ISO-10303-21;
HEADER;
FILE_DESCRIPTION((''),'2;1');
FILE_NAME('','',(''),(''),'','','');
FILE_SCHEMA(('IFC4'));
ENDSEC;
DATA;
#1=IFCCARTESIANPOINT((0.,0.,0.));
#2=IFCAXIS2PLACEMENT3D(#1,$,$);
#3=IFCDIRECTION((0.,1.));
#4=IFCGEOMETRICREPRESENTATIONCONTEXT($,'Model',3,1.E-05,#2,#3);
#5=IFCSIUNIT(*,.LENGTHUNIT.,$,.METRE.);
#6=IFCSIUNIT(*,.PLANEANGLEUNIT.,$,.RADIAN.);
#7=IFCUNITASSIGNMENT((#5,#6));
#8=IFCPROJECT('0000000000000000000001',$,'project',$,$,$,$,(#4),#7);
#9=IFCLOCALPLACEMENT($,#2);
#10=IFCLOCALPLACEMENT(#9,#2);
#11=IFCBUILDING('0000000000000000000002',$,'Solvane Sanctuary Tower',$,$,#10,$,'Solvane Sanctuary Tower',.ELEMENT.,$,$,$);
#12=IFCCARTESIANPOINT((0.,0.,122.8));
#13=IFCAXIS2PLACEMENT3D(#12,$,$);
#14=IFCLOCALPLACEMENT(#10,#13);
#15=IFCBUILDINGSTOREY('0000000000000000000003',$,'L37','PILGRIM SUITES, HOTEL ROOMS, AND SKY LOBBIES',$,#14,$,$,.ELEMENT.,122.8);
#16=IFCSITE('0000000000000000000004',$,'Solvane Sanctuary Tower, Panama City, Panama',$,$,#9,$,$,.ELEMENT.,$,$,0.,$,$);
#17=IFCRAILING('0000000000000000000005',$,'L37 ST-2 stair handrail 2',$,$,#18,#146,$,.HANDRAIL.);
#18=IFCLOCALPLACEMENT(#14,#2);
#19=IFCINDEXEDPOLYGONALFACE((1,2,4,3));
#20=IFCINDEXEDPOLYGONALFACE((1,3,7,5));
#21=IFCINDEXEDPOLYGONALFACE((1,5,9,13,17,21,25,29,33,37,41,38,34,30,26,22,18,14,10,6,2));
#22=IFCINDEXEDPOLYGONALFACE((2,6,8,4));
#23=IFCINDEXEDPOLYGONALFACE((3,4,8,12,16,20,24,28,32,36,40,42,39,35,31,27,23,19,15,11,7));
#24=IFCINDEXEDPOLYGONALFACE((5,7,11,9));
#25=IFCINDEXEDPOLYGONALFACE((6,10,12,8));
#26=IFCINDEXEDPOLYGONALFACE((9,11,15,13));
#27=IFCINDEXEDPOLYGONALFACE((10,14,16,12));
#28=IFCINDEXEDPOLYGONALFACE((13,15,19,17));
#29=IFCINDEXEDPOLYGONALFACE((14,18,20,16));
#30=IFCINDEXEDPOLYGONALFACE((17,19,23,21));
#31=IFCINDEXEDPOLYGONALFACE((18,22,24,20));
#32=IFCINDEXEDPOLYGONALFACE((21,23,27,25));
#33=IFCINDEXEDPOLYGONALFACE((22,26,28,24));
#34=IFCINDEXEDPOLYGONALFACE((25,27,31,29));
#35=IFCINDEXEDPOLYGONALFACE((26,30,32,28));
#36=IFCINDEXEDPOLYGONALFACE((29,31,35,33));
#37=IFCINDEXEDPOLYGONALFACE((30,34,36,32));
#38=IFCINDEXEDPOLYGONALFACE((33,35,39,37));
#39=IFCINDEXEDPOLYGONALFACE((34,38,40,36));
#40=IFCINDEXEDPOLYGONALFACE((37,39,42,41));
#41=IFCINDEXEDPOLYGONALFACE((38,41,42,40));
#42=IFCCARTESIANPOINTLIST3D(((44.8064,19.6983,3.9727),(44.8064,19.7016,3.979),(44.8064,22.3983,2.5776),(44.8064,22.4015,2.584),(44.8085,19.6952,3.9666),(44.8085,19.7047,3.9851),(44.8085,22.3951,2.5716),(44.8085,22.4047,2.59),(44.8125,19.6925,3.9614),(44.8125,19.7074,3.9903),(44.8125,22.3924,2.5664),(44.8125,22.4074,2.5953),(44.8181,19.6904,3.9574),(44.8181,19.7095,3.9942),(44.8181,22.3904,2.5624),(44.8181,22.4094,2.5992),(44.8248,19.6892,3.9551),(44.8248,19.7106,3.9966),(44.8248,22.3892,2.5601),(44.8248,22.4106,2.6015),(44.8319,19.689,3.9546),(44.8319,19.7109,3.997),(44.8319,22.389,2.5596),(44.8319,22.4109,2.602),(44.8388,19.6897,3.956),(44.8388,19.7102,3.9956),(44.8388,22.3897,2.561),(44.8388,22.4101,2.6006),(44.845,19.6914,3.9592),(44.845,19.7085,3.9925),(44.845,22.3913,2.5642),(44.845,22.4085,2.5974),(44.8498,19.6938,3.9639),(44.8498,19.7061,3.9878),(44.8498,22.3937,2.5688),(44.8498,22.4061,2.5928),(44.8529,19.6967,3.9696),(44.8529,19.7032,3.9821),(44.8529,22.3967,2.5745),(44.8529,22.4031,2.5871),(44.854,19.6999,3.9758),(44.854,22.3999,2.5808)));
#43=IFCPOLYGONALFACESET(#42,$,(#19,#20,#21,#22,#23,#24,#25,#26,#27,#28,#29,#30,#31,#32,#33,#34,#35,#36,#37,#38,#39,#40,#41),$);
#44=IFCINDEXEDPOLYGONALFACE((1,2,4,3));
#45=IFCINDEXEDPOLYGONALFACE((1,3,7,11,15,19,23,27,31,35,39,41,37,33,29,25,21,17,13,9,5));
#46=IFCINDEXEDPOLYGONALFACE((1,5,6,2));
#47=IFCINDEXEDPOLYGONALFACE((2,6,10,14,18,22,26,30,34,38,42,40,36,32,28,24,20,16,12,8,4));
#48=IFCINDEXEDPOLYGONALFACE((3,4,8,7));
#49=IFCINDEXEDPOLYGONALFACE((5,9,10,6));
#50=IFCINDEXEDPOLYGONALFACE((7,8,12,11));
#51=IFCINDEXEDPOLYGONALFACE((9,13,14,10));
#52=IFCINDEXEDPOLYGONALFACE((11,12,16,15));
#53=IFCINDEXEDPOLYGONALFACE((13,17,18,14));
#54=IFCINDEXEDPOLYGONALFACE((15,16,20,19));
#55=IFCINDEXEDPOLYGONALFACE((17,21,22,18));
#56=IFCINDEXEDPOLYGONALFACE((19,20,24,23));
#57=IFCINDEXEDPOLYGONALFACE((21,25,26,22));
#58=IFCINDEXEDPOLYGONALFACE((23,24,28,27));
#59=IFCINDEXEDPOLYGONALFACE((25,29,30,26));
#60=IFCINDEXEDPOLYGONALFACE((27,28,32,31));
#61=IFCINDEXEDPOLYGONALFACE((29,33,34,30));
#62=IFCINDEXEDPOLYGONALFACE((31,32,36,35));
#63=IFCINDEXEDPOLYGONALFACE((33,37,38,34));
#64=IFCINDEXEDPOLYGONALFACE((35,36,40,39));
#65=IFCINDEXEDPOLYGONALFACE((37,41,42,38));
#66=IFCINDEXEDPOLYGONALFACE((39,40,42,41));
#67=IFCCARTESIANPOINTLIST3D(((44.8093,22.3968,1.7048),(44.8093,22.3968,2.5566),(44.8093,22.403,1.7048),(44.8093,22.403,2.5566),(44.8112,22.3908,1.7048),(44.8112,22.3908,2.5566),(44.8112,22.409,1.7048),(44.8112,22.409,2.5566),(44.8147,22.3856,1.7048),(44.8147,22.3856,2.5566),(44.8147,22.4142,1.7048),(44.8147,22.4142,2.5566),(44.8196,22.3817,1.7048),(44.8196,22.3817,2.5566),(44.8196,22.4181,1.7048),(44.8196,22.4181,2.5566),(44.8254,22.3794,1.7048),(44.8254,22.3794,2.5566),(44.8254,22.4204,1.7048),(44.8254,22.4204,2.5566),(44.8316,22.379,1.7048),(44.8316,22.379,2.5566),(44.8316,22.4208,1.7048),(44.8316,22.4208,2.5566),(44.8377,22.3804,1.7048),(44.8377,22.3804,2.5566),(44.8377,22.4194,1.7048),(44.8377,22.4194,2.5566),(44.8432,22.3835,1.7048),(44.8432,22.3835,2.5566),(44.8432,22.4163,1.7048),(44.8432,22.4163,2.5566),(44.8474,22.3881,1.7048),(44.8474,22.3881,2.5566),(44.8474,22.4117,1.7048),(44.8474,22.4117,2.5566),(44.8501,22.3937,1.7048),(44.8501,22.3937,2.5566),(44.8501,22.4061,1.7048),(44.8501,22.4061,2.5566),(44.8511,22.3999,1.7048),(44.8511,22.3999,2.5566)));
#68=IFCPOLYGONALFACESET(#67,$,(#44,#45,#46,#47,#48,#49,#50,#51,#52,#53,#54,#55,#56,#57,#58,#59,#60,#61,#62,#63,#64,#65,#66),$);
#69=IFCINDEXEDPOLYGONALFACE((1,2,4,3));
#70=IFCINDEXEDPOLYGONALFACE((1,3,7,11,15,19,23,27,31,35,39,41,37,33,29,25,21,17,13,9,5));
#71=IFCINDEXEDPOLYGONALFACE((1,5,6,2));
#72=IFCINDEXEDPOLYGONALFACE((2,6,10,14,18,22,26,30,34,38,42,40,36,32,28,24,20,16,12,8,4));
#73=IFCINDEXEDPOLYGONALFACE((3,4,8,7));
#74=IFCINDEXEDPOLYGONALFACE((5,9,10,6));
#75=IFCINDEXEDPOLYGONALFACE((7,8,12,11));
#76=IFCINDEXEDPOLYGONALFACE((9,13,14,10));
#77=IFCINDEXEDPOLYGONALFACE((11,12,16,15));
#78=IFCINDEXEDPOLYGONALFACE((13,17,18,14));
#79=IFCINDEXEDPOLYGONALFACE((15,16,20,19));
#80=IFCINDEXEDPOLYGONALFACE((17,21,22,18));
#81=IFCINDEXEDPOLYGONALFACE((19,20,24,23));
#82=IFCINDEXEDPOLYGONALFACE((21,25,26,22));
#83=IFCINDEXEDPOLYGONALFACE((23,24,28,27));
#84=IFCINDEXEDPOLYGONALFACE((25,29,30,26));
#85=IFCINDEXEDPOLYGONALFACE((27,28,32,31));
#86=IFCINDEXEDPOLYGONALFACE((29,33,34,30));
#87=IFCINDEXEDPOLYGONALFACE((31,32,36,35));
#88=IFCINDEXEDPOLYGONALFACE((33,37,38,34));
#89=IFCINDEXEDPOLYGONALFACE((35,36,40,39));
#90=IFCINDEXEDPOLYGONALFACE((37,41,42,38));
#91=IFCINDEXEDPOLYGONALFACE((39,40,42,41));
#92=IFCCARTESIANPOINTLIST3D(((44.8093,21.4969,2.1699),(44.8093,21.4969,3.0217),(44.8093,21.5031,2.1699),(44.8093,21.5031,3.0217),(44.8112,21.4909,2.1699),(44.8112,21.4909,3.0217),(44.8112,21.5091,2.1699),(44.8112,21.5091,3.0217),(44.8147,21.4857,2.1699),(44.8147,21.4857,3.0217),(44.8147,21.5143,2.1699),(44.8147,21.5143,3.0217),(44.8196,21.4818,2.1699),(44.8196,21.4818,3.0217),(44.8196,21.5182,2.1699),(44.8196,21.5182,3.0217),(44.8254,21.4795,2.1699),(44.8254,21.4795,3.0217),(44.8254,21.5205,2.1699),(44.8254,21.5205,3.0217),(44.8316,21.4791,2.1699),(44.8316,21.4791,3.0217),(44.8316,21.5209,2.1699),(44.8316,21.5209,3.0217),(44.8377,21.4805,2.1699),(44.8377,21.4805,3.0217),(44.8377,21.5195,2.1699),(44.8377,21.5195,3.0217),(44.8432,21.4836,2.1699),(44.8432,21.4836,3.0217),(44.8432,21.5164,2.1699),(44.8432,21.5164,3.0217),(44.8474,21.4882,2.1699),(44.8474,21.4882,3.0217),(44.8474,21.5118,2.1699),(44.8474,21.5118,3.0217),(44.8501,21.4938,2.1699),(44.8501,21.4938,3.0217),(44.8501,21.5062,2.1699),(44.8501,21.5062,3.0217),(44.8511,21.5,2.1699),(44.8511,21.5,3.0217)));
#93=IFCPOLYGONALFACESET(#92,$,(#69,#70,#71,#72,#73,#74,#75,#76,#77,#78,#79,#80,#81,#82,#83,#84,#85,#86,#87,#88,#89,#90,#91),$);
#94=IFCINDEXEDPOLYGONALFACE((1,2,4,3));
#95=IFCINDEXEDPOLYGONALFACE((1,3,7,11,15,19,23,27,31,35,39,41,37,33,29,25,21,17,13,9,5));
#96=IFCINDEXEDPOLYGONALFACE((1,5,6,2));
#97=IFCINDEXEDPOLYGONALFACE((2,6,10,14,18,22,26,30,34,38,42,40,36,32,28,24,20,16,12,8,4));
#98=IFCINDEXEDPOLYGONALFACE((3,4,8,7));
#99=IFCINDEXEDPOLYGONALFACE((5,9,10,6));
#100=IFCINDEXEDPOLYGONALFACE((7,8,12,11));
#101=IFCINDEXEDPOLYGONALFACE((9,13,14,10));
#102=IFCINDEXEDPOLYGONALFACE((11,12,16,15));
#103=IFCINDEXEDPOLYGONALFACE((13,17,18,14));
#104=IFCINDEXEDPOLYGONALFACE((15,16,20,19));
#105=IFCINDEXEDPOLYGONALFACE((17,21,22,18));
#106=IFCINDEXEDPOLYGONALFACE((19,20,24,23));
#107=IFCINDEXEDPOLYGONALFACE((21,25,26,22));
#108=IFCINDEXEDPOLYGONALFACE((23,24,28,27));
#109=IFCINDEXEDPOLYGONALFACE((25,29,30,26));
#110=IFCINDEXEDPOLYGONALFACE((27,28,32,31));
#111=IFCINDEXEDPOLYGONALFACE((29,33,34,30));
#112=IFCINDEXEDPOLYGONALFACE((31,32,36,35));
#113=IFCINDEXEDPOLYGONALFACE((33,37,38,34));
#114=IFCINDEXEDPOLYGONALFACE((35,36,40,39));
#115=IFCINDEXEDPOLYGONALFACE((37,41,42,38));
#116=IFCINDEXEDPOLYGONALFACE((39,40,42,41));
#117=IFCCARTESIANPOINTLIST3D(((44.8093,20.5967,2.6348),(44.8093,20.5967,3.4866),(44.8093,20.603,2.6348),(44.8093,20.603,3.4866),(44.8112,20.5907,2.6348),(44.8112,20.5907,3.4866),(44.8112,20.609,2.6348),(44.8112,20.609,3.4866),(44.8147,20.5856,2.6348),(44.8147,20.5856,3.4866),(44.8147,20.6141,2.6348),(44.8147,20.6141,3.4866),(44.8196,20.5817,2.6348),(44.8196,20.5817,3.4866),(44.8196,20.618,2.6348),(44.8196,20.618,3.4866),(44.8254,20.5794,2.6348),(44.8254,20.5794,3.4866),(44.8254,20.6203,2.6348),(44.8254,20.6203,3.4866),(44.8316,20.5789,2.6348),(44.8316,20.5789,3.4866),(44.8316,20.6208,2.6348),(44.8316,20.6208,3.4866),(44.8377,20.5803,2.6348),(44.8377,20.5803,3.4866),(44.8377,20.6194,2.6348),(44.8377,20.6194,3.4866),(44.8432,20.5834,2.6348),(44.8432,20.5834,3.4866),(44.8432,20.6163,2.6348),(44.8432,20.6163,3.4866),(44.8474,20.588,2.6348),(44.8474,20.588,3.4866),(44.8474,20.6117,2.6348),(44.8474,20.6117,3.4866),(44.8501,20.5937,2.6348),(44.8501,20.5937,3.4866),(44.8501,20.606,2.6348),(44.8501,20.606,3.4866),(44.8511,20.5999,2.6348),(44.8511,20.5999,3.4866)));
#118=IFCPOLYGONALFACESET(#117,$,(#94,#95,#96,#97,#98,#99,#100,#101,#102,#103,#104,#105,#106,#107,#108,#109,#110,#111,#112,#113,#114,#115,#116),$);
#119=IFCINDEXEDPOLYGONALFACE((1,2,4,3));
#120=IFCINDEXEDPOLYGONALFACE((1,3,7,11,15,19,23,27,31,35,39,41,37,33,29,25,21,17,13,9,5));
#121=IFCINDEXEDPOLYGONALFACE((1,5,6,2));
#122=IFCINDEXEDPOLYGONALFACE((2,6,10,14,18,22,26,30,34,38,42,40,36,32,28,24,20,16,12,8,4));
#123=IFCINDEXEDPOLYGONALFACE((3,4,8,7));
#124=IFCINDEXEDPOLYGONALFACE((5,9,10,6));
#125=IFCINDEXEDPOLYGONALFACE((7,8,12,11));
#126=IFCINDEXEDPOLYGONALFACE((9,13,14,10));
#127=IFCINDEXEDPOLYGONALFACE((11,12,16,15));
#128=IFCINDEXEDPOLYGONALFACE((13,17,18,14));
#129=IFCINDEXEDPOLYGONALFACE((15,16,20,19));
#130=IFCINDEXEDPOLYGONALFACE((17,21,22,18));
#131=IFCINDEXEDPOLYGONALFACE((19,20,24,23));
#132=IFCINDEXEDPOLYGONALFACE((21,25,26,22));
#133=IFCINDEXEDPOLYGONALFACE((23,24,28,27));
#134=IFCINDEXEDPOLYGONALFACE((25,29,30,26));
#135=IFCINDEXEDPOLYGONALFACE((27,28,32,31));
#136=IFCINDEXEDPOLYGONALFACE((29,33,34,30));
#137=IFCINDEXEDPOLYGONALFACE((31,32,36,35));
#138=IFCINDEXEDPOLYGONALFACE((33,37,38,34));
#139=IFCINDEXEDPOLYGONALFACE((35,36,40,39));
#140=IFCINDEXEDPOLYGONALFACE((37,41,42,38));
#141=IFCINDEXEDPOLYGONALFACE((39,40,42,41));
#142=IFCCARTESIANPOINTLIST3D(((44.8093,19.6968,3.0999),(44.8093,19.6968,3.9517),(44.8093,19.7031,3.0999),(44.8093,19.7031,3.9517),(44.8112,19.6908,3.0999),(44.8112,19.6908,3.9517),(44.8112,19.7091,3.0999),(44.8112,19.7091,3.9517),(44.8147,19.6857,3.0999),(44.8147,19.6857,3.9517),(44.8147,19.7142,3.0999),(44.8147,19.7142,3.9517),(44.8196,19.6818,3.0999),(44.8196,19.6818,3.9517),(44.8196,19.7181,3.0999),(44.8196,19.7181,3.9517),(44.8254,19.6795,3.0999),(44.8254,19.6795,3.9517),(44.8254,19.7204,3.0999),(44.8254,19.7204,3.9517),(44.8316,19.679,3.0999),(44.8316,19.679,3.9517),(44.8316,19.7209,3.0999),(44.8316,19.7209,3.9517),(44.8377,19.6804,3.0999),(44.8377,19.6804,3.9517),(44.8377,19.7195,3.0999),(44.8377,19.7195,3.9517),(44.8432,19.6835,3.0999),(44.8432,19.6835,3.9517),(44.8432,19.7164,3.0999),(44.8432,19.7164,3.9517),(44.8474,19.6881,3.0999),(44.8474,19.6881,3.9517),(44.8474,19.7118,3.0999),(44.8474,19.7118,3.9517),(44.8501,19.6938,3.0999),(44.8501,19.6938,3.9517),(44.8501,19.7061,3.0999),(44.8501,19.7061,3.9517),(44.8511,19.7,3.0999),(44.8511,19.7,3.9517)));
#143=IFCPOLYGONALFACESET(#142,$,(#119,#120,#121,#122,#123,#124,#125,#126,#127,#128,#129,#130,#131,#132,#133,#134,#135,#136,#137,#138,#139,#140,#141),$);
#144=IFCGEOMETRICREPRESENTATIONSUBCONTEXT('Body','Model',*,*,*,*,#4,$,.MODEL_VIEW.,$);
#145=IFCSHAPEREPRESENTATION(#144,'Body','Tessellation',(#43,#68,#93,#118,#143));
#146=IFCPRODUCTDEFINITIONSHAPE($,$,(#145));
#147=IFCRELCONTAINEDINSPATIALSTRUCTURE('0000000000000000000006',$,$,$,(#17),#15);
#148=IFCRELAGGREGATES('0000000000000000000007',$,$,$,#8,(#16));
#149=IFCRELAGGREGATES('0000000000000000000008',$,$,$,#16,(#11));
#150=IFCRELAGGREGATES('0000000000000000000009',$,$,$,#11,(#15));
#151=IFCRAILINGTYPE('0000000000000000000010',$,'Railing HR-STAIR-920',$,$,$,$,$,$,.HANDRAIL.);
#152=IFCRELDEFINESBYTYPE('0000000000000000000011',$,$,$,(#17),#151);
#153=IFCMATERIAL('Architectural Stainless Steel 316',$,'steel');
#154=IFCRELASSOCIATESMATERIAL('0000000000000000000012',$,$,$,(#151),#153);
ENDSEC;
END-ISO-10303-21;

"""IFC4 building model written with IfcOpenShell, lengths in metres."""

from ifc_helpers import new_model, si_unit, direction, frame, origin, origin_2d, place, context, subcontext, project, spatial, circle, extrude, material, type_object, element, save


model = new_model("IFC4")

# Units and contexts
model_context = context("Model", 3, precision=1e-05, world=origin(), true_north=direction((0.0, 1.0)))
body_context = subcontext(model_context, "Body", "Model", "MODEL_VIEW")
ifc_project = project(units=[si_unit("LENGTHUNIT", "METRE"), si_unit("PLANEANGLEUNIT", "RADIAN")], contexts=[model_context])

# Site, building, storey
site_placement = place(None, origin())
site = spatial("IfcSite", under=ifc_project, at=site_placement, Name="Solvane Sanctuary Tower, Panama City, Panama", CompositionType="ELEMENT", RefElevation=0.0)
building_placement = place(site_placement, origin())
building = spatial("IfcBuilding", under=site, at=building_placement, Name="Solvane Sanctuary Tower", LongName="Solvane Sanctuary Tower", CompositionType="ELEMENT")
storey_placement = place(building_placement, frame((0.0, 0.0, 122.8)))
storey = spatial("IfcBuildingStorey", under=building, at=storey_placement, Name="L37", Description="PILGRIM SUITES, HOTEL ROOMS, AND SKY LOBBIES", CompositionType="ELEMENT", Elevation=122.8)

# Shared definitions
ifc_material_1 = material(Name="Architectural Stainless Steel 316", Category="steel")

# Railing
railing_type = type_object("IfcRailingType", Name="Railing HR-STAIR-920", PredefinedType="HANDRAIL", material=ifc_material_1)
railing_placement = place(storey_placement, frame((44.8301, 22.3999, 1.7048)))
element("IfcRailing", 1, at=railing_placement, inside=storey, type_object=railing_type, Name="L37 ST-2 stair handrail 2", PredefinedType="HANDRAIL", context=body_context, shape_type="SweptSolid", body=[
    extrude(circle(Radius=0.0239, at=origin_2d()), frame((0.0, 0.0, 0.876), z_axis=(0.0, -0.88842, 0.459032), x_axis=(1.0, 0.0, 0.0)), (0.0, 0.0, 1.0), 3.0391),
    extrude(circle(Radius=0.021, at=origin_2d()), origin(), (0.0, 0.0, 1.0), 0.8518),
    extrude(circle(Radius=0.021, at=origin_2d()), frame((0.0, -0.8999, 0.4651)), (0.0, 0.0, 1.0), 0.8518),
    extrude(circle(Radius=0.021, at=origin_2d()), frame((0.0, -1.8, 0.9299)), (0.0, 0.0, 1.0), 0.8518),
    extrude(circle(Radius=0.021, at=origin_2d()), frame((0.0, -2.7, 1.395)), (0.0, 0.0, 1.0), 0.8518),
])

save(model, "model.ifc")
